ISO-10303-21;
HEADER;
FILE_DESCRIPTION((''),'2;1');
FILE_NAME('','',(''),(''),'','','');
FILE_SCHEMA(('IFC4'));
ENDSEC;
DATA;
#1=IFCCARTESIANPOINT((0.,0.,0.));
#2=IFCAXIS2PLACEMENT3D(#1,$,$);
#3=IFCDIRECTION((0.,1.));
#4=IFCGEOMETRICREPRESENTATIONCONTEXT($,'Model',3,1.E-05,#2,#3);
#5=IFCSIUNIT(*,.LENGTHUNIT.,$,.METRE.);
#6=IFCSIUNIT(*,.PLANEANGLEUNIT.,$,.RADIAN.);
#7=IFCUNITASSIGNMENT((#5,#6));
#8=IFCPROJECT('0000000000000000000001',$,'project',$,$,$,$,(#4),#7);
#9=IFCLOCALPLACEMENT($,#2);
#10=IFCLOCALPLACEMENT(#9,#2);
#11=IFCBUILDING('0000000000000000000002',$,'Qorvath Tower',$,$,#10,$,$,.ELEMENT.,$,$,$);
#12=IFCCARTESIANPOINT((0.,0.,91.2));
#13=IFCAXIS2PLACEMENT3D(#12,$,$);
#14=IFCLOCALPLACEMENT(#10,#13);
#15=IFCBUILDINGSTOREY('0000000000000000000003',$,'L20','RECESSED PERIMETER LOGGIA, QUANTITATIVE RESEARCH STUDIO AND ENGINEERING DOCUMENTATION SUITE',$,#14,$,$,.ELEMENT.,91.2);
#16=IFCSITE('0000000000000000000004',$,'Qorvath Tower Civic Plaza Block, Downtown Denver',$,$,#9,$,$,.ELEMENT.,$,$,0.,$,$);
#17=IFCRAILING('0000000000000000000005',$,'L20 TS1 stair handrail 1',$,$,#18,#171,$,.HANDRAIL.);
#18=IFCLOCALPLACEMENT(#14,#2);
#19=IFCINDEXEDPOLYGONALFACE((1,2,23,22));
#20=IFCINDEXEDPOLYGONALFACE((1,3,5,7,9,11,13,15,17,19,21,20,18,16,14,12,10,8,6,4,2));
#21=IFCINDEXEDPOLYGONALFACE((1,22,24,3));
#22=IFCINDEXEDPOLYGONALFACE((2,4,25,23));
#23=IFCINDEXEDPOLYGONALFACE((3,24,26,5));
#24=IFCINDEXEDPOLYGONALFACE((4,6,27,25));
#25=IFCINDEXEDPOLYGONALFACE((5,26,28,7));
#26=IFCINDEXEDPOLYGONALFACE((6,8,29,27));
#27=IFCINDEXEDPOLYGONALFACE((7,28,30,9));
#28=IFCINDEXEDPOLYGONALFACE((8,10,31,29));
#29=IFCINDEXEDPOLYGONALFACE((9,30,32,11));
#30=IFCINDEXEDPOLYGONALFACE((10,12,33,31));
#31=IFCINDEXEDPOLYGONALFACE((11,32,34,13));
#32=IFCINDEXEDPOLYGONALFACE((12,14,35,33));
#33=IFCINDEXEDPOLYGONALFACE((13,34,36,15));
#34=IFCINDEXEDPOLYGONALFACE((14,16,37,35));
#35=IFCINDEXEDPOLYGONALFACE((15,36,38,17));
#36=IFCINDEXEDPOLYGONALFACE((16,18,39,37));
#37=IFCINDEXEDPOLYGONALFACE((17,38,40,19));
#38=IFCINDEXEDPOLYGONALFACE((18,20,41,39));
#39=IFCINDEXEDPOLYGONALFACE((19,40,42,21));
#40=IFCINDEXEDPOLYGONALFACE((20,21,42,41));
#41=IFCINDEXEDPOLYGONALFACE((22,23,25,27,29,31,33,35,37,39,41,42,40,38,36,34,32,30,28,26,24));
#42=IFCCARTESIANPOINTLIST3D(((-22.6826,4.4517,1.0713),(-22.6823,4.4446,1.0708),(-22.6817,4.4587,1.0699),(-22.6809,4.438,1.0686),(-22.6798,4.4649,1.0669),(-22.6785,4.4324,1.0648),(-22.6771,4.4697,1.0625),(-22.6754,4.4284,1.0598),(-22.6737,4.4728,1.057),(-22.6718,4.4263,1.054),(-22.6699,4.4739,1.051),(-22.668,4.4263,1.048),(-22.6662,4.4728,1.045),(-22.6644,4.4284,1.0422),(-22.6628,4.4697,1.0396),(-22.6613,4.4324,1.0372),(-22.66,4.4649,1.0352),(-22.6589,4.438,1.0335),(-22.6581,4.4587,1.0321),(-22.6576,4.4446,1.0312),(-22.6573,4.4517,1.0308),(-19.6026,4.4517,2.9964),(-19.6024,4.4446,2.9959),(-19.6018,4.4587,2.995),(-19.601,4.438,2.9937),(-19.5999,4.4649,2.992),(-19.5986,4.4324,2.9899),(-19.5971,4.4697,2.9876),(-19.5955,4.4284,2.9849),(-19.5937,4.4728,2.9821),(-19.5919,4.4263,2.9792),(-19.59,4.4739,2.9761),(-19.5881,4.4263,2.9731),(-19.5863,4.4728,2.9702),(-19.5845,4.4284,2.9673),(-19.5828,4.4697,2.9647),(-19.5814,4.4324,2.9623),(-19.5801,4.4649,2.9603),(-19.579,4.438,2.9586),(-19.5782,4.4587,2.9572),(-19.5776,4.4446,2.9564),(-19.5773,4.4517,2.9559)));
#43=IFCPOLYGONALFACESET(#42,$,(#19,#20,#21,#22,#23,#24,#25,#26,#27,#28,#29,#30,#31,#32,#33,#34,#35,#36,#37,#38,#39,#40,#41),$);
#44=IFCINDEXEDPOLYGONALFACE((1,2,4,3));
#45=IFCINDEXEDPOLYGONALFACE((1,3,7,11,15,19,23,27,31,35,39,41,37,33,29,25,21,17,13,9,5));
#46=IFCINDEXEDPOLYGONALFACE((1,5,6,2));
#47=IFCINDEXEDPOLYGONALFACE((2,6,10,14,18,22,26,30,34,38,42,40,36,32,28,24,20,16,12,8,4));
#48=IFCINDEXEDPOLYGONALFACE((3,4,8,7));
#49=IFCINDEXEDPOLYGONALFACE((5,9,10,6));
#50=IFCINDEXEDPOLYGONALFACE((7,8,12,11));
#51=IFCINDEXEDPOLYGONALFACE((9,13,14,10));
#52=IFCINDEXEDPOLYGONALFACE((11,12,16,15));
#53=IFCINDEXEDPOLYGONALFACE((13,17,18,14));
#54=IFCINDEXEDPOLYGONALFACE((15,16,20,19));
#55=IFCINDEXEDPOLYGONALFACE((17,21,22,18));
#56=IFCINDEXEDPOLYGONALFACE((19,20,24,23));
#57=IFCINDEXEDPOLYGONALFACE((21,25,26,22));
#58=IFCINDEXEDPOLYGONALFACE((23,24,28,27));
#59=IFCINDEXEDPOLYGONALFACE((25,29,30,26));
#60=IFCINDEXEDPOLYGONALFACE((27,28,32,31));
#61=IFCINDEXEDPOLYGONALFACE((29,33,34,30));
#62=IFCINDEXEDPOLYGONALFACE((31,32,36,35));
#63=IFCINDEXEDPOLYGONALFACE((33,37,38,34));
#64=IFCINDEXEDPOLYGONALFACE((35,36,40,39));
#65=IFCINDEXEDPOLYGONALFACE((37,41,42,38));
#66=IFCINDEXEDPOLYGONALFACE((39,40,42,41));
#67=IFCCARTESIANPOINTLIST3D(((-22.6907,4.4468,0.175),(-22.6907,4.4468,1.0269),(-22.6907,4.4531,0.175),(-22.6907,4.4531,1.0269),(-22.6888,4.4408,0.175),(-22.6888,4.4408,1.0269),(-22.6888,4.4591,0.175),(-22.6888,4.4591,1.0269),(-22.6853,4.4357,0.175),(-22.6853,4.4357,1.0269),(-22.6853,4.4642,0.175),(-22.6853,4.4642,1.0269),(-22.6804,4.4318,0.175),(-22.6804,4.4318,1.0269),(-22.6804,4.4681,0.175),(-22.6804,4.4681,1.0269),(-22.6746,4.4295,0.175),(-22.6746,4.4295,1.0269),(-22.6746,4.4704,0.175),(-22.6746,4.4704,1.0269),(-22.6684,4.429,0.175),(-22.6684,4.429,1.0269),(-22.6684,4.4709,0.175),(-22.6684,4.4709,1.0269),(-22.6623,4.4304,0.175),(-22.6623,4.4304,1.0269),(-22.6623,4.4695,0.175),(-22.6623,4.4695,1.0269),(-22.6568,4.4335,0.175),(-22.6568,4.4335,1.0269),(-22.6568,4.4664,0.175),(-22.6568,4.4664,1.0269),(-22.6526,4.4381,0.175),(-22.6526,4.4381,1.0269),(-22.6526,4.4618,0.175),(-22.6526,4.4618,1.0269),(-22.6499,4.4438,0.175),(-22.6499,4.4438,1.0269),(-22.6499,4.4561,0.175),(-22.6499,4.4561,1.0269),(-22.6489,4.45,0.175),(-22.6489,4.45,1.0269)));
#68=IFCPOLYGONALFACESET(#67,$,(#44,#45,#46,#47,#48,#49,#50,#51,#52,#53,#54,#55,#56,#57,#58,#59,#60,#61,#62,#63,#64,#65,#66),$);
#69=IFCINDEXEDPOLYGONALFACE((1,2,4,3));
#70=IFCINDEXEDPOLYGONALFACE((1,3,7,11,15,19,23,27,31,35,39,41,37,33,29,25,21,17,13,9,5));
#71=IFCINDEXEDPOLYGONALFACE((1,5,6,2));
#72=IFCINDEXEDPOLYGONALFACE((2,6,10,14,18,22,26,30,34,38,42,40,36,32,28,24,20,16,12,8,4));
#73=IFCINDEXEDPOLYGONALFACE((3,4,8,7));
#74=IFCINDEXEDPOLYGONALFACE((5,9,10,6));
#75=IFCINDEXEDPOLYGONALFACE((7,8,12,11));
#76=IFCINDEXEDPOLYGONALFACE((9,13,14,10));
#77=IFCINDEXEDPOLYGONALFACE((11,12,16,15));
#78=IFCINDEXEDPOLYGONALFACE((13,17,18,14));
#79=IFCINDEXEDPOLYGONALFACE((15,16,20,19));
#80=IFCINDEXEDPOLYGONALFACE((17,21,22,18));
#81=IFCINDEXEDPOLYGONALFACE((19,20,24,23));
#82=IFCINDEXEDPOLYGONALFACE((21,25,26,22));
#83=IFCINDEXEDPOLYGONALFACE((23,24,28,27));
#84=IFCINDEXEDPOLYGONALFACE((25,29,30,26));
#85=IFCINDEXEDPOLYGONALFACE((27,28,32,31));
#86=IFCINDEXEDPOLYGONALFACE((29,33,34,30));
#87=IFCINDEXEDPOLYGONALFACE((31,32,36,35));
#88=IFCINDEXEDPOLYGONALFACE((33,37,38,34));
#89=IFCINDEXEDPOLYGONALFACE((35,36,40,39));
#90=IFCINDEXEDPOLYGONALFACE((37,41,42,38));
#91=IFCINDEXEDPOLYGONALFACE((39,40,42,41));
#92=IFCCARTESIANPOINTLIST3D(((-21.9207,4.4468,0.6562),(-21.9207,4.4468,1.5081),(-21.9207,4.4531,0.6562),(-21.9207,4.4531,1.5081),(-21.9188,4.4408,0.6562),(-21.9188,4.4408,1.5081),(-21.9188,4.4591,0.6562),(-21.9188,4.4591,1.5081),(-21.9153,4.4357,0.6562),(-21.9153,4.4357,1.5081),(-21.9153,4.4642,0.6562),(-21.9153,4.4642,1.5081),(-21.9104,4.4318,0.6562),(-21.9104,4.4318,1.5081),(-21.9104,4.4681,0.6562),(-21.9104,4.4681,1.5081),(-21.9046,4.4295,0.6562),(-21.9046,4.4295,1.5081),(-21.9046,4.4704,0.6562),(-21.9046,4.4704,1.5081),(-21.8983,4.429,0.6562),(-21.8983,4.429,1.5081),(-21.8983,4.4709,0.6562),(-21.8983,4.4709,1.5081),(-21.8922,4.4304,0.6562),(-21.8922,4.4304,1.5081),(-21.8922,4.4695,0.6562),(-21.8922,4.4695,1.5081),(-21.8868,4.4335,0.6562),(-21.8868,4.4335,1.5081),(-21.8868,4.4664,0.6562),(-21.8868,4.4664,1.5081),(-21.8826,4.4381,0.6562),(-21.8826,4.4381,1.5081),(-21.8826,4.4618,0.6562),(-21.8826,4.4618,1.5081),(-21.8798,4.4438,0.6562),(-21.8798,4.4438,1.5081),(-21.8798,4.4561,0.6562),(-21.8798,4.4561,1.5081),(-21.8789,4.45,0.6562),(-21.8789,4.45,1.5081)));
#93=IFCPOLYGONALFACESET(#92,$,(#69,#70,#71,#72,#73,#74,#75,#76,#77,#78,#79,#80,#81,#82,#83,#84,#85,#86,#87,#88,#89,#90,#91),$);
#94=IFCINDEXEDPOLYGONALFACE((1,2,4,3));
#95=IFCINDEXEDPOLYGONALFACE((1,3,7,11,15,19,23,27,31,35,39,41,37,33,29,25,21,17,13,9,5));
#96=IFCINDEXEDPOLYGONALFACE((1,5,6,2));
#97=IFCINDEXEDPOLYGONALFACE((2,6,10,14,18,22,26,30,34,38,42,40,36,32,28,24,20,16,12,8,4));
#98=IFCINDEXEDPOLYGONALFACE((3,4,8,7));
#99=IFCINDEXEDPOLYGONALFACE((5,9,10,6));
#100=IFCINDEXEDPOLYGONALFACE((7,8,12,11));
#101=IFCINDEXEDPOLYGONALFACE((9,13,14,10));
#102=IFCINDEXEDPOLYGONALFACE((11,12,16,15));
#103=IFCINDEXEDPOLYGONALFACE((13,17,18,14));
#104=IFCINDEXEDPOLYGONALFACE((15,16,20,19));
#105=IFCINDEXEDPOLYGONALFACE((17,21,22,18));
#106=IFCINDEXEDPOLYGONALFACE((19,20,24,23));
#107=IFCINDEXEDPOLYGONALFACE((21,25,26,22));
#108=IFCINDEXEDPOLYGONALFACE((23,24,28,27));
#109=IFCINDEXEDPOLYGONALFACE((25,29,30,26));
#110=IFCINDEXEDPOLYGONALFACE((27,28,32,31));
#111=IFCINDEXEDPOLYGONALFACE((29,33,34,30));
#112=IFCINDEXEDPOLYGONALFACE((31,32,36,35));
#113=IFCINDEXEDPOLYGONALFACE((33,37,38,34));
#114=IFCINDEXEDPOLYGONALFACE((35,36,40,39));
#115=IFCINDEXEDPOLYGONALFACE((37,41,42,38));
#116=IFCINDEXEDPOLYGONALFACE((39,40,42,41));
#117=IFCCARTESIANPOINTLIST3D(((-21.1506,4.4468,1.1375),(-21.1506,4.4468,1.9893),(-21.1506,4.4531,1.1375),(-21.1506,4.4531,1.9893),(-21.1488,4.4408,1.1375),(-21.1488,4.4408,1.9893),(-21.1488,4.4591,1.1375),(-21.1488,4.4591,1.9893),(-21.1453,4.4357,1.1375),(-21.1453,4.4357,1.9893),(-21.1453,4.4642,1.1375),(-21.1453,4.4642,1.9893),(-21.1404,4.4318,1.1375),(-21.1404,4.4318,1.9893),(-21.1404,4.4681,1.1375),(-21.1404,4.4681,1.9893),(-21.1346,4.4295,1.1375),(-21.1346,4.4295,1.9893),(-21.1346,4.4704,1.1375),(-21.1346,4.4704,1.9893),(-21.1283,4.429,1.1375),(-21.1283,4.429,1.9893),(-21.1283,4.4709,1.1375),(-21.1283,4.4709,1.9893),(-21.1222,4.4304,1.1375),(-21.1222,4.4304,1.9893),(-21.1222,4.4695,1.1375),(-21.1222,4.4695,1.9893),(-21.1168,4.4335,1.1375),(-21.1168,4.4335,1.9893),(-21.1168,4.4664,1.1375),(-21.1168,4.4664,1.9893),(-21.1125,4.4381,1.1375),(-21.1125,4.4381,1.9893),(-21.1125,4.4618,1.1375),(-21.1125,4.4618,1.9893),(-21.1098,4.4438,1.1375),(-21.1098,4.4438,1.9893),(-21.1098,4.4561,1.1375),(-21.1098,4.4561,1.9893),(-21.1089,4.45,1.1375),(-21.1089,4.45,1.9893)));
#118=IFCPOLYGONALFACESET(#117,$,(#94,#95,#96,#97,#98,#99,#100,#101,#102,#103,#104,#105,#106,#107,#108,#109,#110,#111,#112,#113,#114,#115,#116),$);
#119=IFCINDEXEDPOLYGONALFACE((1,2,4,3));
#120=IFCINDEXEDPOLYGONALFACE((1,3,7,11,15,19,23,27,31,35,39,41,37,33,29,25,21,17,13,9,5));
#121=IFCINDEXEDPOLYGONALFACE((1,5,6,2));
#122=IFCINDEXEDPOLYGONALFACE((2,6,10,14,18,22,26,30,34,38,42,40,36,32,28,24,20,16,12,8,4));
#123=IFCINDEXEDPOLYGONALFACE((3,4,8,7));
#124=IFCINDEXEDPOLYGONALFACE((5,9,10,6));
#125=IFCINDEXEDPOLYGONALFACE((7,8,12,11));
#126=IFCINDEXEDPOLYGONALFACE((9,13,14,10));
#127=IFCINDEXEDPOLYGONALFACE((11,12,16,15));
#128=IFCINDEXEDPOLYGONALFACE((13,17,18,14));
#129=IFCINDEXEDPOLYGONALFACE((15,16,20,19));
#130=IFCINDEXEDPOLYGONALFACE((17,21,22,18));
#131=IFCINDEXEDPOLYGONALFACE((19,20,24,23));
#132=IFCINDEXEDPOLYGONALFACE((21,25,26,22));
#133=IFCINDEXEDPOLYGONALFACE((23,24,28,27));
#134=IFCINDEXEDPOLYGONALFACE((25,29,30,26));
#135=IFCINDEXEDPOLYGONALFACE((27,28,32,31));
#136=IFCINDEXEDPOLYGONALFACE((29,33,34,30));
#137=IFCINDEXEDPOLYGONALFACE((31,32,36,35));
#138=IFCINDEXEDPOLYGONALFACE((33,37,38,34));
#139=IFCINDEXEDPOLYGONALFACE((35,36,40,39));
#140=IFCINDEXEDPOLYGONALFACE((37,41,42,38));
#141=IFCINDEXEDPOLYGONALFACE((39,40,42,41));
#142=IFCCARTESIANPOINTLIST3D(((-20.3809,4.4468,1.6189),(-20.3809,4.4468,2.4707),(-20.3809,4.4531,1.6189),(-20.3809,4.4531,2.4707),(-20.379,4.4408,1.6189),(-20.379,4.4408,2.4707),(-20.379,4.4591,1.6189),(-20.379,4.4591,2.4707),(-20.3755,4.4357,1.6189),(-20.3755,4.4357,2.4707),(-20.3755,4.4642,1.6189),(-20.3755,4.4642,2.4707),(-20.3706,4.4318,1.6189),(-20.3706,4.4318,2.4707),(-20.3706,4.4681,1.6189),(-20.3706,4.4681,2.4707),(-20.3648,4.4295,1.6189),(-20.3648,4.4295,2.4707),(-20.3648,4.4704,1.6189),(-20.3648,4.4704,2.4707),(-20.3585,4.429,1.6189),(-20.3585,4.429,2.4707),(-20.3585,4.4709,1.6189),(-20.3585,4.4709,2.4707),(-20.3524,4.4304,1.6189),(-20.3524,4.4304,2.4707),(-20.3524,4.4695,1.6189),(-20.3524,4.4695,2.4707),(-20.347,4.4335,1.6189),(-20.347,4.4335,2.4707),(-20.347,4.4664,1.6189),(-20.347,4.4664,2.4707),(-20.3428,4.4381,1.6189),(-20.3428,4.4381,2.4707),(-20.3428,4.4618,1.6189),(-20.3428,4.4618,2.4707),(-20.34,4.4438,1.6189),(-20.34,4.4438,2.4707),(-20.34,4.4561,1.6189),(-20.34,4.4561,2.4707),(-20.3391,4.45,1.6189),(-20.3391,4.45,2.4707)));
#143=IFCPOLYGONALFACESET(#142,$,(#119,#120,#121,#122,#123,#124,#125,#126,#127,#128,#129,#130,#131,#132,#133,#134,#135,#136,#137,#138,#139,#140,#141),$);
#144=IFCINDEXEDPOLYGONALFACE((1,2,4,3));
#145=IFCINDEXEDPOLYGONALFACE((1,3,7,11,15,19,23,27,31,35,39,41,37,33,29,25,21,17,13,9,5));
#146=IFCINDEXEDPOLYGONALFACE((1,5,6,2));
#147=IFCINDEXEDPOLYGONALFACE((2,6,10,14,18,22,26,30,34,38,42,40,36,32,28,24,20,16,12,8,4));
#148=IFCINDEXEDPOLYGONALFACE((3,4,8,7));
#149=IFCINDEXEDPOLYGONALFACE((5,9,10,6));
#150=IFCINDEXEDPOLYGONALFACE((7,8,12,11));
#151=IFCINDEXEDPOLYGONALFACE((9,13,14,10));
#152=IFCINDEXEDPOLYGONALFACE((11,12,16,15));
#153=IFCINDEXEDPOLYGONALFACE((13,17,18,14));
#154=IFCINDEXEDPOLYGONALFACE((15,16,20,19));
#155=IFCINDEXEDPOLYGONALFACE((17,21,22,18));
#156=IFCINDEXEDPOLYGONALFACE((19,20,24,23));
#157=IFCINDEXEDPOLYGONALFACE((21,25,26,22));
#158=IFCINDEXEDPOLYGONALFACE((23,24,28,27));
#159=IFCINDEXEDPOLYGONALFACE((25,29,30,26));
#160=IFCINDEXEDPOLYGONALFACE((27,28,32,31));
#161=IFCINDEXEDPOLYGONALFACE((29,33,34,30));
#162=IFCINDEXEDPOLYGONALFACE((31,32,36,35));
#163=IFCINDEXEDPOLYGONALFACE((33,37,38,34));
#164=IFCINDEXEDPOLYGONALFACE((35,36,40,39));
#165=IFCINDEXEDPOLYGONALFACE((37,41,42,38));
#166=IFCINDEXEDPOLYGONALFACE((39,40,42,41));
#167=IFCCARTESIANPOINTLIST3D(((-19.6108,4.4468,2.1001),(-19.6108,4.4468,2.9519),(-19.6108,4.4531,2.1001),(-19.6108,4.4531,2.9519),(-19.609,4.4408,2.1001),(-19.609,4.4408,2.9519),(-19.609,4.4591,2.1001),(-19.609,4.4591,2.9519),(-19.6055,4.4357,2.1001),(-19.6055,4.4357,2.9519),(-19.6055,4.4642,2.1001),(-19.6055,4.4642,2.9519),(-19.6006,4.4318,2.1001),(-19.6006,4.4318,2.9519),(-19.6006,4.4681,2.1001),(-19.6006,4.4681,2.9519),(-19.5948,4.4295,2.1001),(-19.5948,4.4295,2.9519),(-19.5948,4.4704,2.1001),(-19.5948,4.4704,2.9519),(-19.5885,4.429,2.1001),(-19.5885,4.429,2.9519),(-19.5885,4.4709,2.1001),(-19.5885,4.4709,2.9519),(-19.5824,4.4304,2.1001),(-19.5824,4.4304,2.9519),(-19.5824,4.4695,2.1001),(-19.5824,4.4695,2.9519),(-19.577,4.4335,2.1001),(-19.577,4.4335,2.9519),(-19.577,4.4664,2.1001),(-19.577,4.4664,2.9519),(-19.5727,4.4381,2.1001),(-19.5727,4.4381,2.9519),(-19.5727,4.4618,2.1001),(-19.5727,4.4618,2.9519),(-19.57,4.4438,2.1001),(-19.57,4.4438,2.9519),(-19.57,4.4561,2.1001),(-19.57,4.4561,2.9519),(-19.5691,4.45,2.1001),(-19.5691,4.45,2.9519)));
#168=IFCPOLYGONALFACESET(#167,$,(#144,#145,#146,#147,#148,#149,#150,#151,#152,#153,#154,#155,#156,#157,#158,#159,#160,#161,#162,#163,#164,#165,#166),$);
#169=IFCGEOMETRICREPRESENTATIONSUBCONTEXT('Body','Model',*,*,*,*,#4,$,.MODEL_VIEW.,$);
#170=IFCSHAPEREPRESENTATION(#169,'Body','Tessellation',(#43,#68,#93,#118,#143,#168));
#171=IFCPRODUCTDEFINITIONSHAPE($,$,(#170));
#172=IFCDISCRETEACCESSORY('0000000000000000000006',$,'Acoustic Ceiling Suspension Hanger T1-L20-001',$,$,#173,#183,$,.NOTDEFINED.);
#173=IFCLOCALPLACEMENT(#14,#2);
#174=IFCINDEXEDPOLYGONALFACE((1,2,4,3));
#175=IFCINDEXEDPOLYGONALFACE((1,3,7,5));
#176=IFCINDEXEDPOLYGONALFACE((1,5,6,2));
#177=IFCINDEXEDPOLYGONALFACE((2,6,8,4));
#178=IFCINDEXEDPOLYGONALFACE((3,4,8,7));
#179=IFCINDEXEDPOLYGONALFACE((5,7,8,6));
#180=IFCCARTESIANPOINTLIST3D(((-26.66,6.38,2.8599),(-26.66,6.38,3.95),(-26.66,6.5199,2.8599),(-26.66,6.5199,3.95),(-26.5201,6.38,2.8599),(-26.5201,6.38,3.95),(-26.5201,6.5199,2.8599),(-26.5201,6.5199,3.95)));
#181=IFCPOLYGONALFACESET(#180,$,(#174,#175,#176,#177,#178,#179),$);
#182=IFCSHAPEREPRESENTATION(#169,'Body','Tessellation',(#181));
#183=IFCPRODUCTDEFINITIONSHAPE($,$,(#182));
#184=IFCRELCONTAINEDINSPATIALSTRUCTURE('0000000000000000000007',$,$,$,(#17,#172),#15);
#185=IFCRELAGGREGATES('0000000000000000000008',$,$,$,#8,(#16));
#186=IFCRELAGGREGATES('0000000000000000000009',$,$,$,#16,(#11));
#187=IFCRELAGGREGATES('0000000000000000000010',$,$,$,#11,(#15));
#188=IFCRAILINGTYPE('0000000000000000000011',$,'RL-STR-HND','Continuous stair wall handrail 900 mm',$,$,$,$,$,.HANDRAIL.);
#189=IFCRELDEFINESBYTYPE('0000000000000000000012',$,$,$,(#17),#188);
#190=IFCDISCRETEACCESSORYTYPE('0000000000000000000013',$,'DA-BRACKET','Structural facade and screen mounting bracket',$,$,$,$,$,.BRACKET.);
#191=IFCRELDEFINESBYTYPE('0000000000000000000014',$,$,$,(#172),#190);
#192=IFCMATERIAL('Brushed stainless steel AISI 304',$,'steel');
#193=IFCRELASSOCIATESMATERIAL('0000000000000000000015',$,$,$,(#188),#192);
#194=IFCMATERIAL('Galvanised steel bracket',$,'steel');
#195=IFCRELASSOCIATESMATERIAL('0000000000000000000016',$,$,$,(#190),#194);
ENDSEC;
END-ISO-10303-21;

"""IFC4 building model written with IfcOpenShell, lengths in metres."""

from ifc_helpers import new_model, si_unit, direction, frame, origin, origin_2d, place, context, subcontext, project, spatial, rectangle, circle, extrude, material, type_object, element, save


model = new_model("IFC4")

# Units and contexts
model_context = context("Model", 3, precision=1e-05, world=origin(), true_north=direction((0.0, 1.0)))
body_context = subcontext(model_context, "Body", "Model", "MODEL_VIEW")
ifc_project = project(units=[si_unit("LENGTHUNIT", "METRE"), si_unit("PLANEANGLEUNIT", "RADIAN")], contexts=[model_context])

# Site, building, storey
site_placement = place(None, origin())
site = spatial("IfcSite", under=ifc_project, at=site_placement, Name="Qorvath Tower Civic Plaza Block, Downtown Denver", CompositionType="ELEMENT", RefElevation=0.0)
building_placement = place(site_placement, origin())
building = spatial("IfcBuilding", under=site, at=building_placement, Name="Qorvath Tower", CompositionType="ELEMENT")
storey_placement = place(building_placement, frame((0.0, 0.0, 91.2)))
storey = spatial("IfcBuildingStorey", under=building, at=storey_placement, Name="L20", Description="RECESSED PERIMETER LOGGIA, QUANTITATIVE RESEARCH STUDIO AND ENGINEERING DOCUMENTATION SUITE", CompositionType="ELEMENT", Elevation=91.2)

# Railing
ifc_material_1 = material(Name="Brushed stainless steel AISI 304", Category="steel")
railing_type_1 = type_object("IfcRailingType", Name="RL-STR-HND", Description="Continuous stair wall handrail 900 mm", PredefinedType="HANDRAIL", material=ifc_material_1)
railing_1_placement = place(storey_placement, frame((-22.6699, 4.45, 0.175)))
element("IfcRailing", 1, at=railing_1_placement, inside=storey, type_object=railing_type_1, Name="L20 TS1 stair handrail 1", PredefinedType="HANDRAIL", context=body_context, shape_type="SweptSolid", body=[
    extrude(circle(Radius=0.0239, at=origin_2d()), frame((0.0, 0.0, 0.876), z_axis=(0.847979, 0.0, 0.530029), x_axis=(0.0, 1.0, 0.0)), (0.0, 0.0, 1.0), 3.6321),
    extrude(circle(Radius=0.021, at=origin_2d()), origin(), (0.0, 0.0, 1.0), 0.8518),
    extrude(circle(Radius=0.021, at=origin_2d()), frame((0.77, 0.0, 0.4812)), (0.0, 0.0, 1.0), 0.8518),
    extrude(circle(Radius=0.021, at=origin_2d()), frame((1.54, 0.0, 0.9624)), (0.0, 0.0, 1.0), 0.8518),
    extrude(circle(Radius=0.021, at=origin_2d()), frame((2.3098, 0.0, 1.4438)), (0.0, 0.0, 1.0), 0.8518),
    extrude(circle(Radius=0.021, at=origin_2d()), frame((3.0798, 0.0, 1.925)), (0.0, 0.0, 1.0), 0.8518),
])

# Discrete accessory
ifc_material_2 = material(Name="Galvanised steel bracket", Category="steel")
discrete_accessory_type = type_object("IfcDiscreteAccessoryType", Name="DA-BRACKET", Description="Structural facade and screen mounting bracket", PredefinedType="BRACKET", material=ifc_material_2)
discrete_accessory_placement = place(storey_placement, frame((-26.5901, 6.45, 2.8599), z_axis=(0.0, 0.0, 1.0), x_axis=(1.0, 0.0, 0.0)))
element("IfcDiscreteAccessory", 2, at=discrete_accessory_placement, inside=storey, type_object=discrete_accessory_type, Name="Acoustic Ceiling Suspension Hanger T1-L20-001", PredefinedType="NOTDEFINED", context=body_context, shape_type="SweptSolid", body=[
    extrude(rectangle(XDim=0.1399, YDim=0.1399, at=origin_2d()), origin(), (0.0, 0.0, 1.0), 1.0901),
])

save(model, "model.ifc")
